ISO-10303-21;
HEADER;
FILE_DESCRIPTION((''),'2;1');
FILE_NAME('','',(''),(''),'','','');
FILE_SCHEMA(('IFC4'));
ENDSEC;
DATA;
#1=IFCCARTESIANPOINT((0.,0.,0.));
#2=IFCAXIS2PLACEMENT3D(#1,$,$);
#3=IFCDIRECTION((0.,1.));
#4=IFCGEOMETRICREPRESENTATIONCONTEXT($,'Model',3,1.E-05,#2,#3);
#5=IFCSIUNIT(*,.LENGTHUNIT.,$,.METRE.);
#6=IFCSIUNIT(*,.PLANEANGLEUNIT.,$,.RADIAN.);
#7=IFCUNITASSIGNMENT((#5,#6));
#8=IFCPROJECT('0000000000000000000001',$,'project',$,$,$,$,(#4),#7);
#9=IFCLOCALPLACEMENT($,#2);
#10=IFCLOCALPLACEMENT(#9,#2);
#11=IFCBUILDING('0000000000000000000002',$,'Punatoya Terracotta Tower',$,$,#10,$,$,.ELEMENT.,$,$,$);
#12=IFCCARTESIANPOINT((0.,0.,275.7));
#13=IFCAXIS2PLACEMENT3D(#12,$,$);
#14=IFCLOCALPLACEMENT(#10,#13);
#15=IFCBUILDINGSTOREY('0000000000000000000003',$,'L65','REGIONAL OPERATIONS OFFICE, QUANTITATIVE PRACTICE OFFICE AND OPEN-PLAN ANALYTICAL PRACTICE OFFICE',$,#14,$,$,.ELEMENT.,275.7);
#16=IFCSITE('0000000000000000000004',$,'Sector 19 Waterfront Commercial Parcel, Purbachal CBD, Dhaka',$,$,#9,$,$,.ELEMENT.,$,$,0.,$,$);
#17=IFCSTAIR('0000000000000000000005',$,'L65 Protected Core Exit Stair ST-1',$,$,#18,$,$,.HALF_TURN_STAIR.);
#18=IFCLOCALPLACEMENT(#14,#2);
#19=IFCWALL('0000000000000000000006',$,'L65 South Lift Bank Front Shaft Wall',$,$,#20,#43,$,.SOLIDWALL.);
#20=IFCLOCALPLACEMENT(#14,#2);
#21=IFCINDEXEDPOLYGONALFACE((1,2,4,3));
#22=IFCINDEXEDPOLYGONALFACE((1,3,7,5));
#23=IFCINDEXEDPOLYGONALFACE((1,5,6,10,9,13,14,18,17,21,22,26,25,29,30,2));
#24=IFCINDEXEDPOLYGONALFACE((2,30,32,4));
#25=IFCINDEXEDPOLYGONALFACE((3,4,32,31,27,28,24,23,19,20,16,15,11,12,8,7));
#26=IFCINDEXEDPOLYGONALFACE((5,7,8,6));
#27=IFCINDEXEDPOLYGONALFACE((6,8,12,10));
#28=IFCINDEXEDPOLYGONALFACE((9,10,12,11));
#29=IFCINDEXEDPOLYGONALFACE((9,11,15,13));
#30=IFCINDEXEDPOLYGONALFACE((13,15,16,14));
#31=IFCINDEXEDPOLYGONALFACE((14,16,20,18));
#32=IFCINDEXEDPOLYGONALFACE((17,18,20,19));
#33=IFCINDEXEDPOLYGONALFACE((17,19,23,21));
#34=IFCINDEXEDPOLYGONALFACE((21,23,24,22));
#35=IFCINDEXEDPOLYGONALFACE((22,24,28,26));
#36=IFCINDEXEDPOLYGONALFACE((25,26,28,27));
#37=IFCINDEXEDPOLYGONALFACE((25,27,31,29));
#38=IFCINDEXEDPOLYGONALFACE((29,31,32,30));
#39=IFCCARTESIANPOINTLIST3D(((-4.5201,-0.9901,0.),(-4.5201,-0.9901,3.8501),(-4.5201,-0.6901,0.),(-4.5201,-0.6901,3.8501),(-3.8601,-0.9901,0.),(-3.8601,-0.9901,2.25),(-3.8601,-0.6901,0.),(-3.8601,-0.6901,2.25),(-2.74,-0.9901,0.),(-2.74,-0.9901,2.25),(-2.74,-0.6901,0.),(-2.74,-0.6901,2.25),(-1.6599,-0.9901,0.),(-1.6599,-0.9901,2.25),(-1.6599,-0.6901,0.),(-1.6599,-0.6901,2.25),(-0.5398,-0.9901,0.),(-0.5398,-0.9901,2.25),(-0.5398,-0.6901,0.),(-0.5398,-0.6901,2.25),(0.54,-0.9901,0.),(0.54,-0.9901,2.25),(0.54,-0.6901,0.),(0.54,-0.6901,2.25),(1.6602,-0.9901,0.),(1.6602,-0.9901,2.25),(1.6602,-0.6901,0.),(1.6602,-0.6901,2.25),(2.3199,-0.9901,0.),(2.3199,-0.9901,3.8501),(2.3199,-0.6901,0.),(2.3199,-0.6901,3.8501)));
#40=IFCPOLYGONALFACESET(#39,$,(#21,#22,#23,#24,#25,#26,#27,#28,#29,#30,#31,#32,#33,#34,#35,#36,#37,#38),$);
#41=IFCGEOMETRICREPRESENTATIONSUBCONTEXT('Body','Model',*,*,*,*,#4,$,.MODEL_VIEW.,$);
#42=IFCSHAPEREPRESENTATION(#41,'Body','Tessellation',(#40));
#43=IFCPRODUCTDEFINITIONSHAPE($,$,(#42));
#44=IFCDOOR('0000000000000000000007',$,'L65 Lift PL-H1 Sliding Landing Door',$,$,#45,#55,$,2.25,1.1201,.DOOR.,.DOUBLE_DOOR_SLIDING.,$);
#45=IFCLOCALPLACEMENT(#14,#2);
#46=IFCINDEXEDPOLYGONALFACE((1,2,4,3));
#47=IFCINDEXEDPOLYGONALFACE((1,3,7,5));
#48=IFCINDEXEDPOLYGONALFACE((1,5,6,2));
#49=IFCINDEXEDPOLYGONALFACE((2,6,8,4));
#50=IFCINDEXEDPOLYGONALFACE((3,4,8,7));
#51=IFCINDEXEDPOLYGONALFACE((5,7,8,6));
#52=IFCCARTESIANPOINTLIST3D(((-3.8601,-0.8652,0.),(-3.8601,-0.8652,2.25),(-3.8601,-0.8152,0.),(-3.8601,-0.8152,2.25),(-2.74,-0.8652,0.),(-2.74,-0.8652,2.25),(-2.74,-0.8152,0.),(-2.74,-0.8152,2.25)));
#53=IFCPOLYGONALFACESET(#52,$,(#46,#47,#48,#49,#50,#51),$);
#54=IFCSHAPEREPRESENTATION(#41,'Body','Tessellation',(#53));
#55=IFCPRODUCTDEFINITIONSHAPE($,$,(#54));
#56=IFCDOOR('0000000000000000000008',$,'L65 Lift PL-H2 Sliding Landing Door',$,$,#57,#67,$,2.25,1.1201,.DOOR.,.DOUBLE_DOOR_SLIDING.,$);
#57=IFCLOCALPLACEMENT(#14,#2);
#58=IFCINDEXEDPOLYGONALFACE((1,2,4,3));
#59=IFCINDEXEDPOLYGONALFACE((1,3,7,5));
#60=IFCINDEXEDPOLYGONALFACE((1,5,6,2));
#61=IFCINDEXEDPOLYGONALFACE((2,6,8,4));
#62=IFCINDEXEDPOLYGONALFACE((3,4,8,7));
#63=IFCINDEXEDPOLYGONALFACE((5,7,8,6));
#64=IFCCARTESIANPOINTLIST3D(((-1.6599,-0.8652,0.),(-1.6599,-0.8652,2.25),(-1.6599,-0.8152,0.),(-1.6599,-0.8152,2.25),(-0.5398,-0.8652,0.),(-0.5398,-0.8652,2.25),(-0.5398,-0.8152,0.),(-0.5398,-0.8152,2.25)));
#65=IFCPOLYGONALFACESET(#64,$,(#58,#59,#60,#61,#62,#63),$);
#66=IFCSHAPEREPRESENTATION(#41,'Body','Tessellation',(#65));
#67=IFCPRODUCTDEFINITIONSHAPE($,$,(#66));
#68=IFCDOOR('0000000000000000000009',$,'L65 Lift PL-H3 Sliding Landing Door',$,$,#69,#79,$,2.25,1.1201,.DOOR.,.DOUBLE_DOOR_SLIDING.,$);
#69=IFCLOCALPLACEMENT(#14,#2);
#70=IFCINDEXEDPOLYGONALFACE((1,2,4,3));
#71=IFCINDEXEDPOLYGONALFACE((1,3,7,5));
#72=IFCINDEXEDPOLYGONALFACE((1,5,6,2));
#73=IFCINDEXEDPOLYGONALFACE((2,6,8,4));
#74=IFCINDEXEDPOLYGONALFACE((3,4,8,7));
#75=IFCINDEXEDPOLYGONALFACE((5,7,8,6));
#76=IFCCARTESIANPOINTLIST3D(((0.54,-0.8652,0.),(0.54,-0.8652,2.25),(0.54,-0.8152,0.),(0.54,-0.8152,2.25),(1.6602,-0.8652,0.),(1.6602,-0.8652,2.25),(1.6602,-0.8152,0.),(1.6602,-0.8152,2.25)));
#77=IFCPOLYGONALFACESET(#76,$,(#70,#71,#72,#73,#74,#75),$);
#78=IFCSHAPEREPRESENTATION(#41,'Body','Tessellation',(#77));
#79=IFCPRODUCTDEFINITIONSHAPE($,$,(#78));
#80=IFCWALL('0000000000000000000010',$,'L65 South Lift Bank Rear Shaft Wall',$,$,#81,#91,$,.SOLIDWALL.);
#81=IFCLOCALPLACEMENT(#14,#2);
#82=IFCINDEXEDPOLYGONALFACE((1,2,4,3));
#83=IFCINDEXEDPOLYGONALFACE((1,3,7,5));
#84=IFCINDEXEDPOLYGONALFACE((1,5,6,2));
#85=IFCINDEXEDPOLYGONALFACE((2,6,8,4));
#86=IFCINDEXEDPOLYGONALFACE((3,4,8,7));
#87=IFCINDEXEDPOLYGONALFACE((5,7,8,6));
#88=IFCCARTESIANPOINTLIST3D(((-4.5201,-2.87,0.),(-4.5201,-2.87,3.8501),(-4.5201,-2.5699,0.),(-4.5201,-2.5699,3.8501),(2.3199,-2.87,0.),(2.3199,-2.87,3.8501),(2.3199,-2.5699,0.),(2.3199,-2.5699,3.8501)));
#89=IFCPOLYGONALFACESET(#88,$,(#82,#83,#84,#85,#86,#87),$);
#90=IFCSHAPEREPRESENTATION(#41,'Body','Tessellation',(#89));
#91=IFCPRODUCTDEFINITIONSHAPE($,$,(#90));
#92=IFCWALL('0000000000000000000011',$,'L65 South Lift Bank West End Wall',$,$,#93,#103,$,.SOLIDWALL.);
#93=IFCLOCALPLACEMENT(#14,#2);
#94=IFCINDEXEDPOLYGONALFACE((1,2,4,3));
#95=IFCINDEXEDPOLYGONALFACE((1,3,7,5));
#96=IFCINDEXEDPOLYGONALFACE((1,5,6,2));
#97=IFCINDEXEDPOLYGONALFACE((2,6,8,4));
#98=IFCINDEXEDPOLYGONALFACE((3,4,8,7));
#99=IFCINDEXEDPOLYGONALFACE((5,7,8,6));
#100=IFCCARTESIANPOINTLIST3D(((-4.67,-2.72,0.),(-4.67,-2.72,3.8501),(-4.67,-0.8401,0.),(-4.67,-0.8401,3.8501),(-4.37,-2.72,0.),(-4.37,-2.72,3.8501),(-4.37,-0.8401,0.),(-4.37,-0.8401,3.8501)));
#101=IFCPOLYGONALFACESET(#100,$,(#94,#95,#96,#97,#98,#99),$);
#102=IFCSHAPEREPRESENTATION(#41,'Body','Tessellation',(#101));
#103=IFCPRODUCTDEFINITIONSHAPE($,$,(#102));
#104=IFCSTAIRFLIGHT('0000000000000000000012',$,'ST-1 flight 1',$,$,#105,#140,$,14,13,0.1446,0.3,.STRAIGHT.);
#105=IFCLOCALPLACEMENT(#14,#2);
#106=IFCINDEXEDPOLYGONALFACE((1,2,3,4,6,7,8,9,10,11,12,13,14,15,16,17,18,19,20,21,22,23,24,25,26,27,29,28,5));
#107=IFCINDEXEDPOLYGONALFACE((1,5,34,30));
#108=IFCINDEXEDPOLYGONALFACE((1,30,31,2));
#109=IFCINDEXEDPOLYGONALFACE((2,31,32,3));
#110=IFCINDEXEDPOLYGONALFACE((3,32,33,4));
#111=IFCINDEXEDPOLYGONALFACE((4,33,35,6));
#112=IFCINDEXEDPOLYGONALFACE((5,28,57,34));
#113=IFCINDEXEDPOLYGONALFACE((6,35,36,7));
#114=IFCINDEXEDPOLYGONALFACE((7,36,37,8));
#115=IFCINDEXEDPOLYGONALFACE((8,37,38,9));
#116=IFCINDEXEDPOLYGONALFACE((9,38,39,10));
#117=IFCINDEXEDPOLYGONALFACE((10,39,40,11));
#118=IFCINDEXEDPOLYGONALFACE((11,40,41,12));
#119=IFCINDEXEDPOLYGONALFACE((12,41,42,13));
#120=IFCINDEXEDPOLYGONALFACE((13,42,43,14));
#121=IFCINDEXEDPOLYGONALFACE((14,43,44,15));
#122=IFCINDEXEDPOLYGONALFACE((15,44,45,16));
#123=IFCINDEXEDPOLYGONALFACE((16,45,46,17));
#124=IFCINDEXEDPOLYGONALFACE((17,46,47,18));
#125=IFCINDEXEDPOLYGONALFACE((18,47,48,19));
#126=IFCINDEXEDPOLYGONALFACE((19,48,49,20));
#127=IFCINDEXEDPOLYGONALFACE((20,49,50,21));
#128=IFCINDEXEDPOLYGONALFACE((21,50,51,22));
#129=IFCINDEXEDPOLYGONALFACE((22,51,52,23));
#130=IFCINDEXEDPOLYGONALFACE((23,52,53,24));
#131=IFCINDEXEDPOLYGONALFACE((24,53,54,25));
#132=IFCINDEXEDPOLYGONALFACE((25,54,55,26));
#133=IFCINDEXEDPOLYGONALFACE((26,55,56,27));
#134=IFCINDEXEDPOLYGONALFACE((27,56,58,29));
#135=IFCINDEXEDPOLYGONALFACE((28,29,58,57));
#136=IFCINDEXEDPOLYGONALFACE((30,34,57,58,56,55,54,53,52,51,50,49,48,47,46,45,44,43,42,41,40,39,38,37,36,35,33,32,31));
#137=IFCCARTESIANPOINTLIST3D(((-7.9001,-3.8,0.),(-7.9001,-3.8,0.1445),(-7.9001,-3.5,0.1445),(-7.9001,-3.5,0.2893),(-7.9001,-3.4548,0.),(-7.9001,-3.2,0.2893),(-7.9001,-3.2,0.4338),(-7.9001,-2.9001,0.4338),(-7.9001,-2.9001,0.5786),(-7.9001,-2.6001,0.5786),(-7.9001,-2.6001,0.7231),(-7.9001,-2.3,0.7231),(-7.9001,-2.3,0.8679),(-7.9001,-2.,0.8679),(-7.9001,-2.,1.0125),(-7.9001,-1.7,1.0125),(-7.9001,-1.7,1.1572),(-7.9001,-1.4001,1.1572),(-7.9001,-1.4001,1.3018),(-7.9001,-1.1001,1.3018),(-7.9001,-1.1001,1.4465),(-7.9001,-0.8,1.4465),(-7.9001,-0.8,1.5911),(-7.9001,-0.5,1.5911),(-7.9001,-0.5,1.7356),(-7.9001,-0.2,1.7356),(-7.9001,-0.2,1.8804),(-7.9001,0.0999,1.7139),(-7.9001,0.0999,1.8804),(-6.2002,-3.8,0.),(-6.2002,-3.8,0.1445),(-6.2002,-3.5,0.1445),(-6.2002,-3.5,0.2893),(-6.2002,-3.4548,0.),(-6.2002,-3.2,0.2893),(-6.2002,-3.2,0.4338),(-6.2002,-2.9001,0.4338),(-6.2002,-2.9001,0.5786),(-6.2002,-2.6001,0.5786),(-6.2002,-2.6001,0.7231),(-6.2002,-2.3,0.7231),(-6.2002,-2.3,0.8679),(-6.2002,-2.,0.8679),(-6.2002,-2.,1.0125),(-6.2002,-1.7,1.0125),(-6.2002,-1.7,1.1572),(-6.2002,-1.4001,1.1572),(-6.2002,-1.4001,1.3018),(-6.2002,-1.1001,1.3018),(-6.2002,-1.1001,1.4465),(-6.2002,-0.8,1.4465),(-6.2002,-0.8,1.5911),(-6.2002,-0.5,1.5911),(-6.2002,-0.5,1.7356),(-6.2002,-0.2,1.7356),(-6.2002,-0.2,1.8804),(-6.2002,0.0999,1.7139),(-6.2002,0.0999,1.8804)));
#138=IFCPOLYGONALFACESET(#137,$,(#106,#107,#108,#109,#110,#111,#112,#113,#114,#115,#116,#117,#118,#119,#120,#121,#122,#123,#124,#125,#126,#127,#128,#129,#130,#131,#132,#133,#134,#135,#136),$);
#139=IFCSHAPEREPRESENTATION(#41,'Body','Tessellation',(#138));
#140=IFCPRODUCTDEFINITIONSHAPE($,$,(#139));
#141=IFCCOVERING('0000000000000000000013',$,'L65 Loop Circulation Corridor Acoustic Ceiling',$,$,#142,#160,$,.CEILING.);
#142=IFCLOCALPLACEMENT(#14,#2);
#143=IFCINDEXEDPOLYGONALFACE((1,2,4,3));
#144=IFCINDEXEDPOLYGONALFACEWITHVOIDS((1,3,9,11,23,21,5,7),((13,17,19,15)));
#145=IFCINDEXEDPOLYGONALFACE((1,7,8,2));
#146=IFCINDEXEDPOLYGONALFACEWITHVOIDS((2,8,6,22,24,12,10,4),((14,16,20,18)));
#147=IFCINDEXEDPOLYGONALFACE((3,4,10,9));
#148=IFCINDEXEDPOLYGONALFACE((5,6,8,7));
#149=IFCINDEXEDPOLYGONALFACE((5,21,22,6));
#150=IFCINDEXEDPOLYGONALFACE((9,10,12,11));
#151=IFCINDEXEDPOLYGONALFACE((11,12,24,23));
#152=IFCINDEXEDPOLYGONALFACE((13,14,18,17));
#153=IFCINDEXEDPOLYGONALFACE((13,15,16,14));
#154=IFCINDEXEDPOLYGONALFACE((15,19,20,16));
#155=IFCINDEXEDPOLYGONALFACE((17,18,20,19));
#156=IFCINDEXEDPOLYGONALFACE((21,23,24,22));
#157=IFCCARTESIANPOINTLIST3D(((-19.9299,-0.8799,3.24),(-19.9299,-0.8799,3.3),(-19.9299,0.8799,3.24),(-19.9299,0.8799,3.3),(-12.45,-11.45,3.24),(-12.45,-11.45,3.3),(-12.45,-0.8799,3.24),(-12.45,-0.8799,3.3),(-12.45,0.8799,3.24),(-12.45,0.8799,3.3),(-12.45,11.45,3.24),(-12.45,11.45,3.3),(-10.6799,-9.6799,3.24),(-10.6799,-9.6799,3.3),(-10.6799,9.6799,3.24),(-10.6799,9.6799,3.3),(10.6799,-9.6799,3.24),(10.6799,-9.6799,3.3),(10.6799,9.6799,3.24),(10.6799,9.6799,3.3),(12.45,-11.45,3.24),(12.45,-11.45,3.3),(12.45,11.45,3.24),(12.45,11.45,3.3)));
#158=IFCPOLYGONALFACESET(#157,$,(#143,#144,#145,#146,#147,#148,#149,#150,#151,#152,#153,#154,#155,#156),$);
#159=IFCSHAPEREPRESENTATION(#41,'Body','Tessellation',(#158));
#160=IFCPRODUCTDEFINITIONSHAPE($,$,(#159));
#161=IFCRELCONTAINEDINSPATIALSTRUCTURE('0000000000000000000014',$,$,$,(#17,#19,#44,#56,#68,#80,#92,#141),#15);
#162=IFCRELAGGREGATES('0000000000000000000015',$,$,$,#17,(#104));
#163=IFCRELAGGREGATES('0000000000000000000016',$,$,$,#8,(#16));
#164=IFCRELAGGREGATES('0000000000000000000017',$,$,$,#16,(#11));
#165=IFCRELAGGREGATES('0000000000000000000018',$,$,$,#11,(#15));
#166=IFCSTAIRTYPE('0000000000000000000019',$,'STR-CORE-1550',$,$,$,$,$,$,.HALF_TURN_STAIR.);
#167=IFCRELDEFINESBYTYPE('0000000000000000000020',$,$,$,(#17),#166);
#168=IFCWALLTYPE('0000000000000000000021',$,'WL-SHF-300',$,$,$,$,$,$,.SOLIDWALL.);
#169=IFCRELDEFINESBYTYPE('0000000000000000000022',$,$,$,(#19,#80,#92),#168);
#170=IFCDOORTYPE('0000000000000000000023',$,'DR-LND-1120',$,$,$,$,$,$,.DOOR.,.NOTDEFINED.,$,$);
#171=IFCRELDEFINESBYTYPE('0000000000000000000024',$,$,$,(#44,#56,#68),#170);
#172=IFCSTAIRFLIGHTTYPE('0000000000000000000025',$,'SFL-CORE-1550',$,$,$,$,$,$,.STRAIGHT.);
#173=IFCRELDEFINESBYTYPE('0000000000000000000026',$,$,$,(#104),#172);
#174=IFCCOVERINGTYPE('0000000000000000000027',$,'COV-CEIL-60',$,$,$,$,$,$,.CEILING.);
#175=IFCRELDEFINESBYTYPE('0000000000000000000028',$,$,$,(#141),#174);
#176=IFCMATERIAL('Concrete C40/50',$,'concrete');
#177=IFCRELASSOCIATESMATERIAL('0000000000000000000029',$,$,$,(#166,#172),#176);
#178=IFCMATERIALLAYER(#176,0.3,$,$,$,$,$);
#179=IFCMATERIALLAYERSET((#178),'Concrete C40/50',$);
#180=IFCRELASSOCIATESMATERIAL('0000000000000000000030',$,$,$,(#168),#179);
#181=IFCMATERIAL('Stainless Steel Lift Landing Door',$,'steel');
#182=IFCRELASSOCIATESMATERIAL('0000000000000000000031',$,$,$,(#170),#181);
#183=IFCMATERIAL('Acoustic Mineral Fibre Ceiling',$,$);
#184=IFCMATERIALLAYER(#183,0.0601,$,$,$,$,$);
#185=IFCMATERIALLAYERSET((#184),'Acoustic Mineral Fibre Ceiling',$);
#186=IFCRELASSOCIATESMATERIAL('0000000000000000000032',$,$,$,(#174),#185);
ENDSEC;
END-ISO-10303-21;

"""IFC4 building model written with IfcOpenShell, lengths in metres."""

from ifc_helpers import new_model, si_unit, direction, frame, frame_2d, origin, place, context, subcontext, project, spatial, polyline, rectangle, outline, extrude, material, layer, layer_set, type_object, element, fill, aggregate, save


model = new_model("IFC4")

# Units and contexts
model_context = context("Model", 3, precision=1e-05, world=origin(), true_north=direction((0.0, 1.0)))
body_context = subcontext(model_context, "Body", "Model", "MODEL_VIEW")
ifc_project = project(units=[si_unit("LENGTHUNIT", "METRE"), si_unit("PLANEANGLEUNIT", "RADIAN")], contexts=[model_context])

# Site, building, storey
site_placement = place(None, origin())
site = spatial("IfcSite", under=ifc_project, at=site_placement, Name="Sector 19 Waterfront Commercial Parcel, Purbachal CBD, Dhaka", CompositionType="ELEMENT", RefElevation=0.0)
building_placement = place(site_placement, origin())
building = spatial("IfcBuilding", under=site, at=building_placement, Name="Punatoya Terracotta Tower", CompositionType="ELEMENT")
storey_placement = place(building_placement, frame((0.0, 0.0, 275.7)))
storey = spatial("IfcBuildingStorey", under=building, at=storey_placement, Name="L65", Description="REGIONAL OPERATIONS OFFICE, QUANTITATIVE PRACTICE OFFICE AND OPEN-PLAN ANALYTICAL PRACTICE OFFICE", CompositionType="ELEMENT", Elevation=275.7)

# Stair
ifc_material_1 = material(Name="Concrete C40/50", Category="concrete")
stair_type_1 = type_object("IfcStairType", Name="STR-CORE-1550", PredefinedType="HALF_TURN_STAIR", material=ifc_material_1)
stair_1_placement = place(storey_placement, origin())
stair_1 = element("IfcStair", 1, at=stair_1_placement, inside=storey, type_object=stair_type_1, Name="L65 Protected Core Exit Stair ST-1", PredefinedType="HALF_TURN_STAIR")

# Shared definitions
ifc_layer_1 = layer(ifc_material_1, 0.3)
ifc_layer_set_1 = layer_set([ifc_layer_1], Name="Concrete C40/50")
wall_type_1 = type_object("IfcWallType", Name="WL-SHF-300", PredefinedType="SOLIDWALL", material=ifc_layer_set_1)

# Wall, openings, doors
wall_1_placement = place(storey_placement, frame((-4.52, -0.8401, 0.0), z_axis=(0.0, 0.0, 1.0), x_axis=(1.0, 0.0, 0.0)))
wall_1 = element("IfcWall", 2, at=wall_1_placement, inside=storey, type_object=wall_type_1, Name="L65 South Lift Bank Front Shaft Wall", PredefinedType="SOLIDWALL", context=body_context, shape_type="SweptSolid", body=[
    extrude(rectangle(XDim=6.8401, YDim=0.3, at=frame_2d((3.4199, 0.0))), origin(), (0.0, 0.0, 1.0), 3.8501),
])
opening_1_placement = place(wall_1_placement, frame((0.6599, 0.0, 0.0)))
opening_1 = element("IfcOpeningElement", 3, at=opening_1_placement, cuts=wall_1, PredefinedType="OPENING", context=body_context, shape_type="SweptSolid", body=[
    extrude(rectangle(XDim=1.1201, YDim=2.25, at=frame_2d((0.5601, 1.125))), frame((0.0, 0.1599, 0.0), z_axis=(0.0, -1.0, 0.0), x_axis=(1.0, 0.0, 0.0)), (0.0, 0.0, 1.0), 0.3201),
])
opening_2_placement = place(wall_1_placement, frame((2.8601, 0.0, 0.0)))
opening_2 = element("IfcOpeningElement", 4, at=opening_2_placement, cuts=wall_1, PredefinedType="OPENING", context=body_context, shape_type="SweptSolid", body=[
    extrude(rectangle(XDim=1.1201, YDim=2.25, at=frame_2d((0.5601, 1.125))), frame((0.0, 0.1599, 0.0), z_axis=(0.0, -1.0, 0.0), x_axis=(1.0, 0.0, 0.0)), (0.0, 0.0, 1.0), 0.3201),
])
opening_3_placement = place(wall_1_placement, frame((5.0601, 0.0, 0.0)))
opening_3 = element("IfcOpeningElement", 5, at=opening_3_placement, cuts=wall_1, PredefinedType="OPENING", context=body_context, shape_type="SweptSolid", body=[
    extrude(rectangle(XDim=1.1201, YDim=2.25, at=frame_2d((0.5601, 1.125))), frame((0.0, 0.1599, 0.0), z_axis=(0.0, -1.0, 0.0), x_axis=(1.0, 0.0, 0.0)), (0.0, 0.0, 1.0), 0.3201),
])
ifc_material_2 = material(Name="Stainless Steel Lift Landing Door", Category="steel")
door_type_1 = type_object("IfcDoorType", Name="DR-LND-1120", OperationType="NOTDEFINED", PredefinedType="DOOR", material=ifc_material_2)
door_1_placement = place(opening_1_placement, origin())
door_1 = element("IfcDoor", 6, at=door_1_placement, inside=storey, type_object=door_type_1, Name="L65 Lift PL-H1 Sliding Landing Door", OperationType="DOUBLE_DOOR_SLIDING", OverallHeight=2.25, OverallWidth=1.1201, PredefinedType="DOOR", context=body_context, shape_type="SweptSolid", body=[
    extrude(rectangle(XDim=1.1201, YDim=2.25, at=frame_2d((0.5601, 1.125))), frame((0.0, 0.0249, 0.0), z_axis=(0.0, -1.0, 0.0), x_axis=(1.0, 0.0, 0.0)), (0.0, 0.0, 1.0), 0.05),
])
fill(opening_1, door_1)
door_2_placement = place(opening_2_placement, origin())
door_2 = element("IfcDoor", 7, at=door_2_placement, inside=storey, type_object=door_type_1, Name="L65 Lift PL-H2 Sliding Landing Door", OperationType="DOUBLE_DOOR_SLIDING", OverallHeight=2.25, OverallWidth=1.1201, PredefinedType="DOOR", context=body_context, shape_type="SweptSolid", body=[
    extrude(rectangle(XDim=1.1201, YDim=2.25, at=frame_2d((0.5601, 1.125))), frame((0.0, 0.0249, 0.0), z_axis=(0.0, -1.0, 0.0), x_axis=(1.0, 0.0, 0.0)), (0.0, 0.0, 1.0), 0.05),
])
fill(opening_2, door_2)
door_3_placement = place(opening_3_placement, origin())
door_3 = element("IfcDoor", 8, at=door_3_placement, inside=storey, type_object=door_type_1, Name="L65 Lift PL-H3 Sliding Landing Door", OperationType="DOUBLE_DOOR_SLIDING", OverallHeight=2.25, OverallWidth=1.1201, PredefinedType="DOOR", context=body_context, shape_type="SweptSolid", body=[
    extrude(rectangle(XDim=1.1201, YDim=2.25, at=frame_2d((0.5601, 1.125))), frame((0.0, 0.0249, 0.0), z_axis=(0.0, -1.0, 0.0), x_axis=(1.0, 0.0, 0.0)), (0.0, 0.0, 1.0), 0.05),
])
fill(opening_3, door_3)

# Walls
wall_2_placement = place(storey_placement, frame((-4.52, -2.72, 0.0), z_axis=(0.0, 0.0, 1.0), x_axis=(1.0, 0.0, 0.0)))
element("IfcWall", 9, at=wall_2_placement, inside=storey, type_object=wall_type_1, Name="L65 South Lift Bank Rear Shaft Wall", PredefinedType="SOLIDWALL", context=body_context, shape_type="SweptSolid", body=[
    extrude(rectangle(XDim=6.8401, YDim=0.3, at=frame_2d((3.4199, 0.0))), origin(), (0.0, 0.0, 1.0), 3.8501),
])
wall_3_placement = place(storey_placement, frame((-4.52, -2.72, 0.0), z_axis=(0.0, 0.0, 1.0), x_axis=(0.0, 1.0, 0.0)))
element("IfcWall", 10, at=wall_3_placement, inside=storey, type_object=wall_type_1, Name="L65 South Lift Bank West End Wall", PredefinedType="SOLIDWALL", context=body_context, shape_type="SweptSolid", body=[
    extrude(rectangle(XDim=1.8799, YDim=0.3, at=frame_2d((0.9399, 0.0))), origin(), (0.0, 0.0, 1.0), 3.8501),
])

# Stair flight
stair_flight_type = type_object("IfcStairFlightType", Name="SFL-CORE-1550", PredefinedType="STRAIGHT", material=ifc_material_1)
stair_flight_placement = place(storey_placement, frame((-7.05, -3.8, 0.0), z_axis=(0.0, 0.0, 1.0), x_axis=(0.0, 1.0, 0.0)))
stair_flight = element("IfcStairFlight", 11, at=stair_flight_placement, type_object=stair_flight_type, Name="ST-1 flight 1", NumberOfRisers=14, NumberOfTreads=13, PredefinedType="STRAIGHT", RiserHeight=0.1446, TreadLength=0.3, context=body_context, shape_type="SweptSolid", body=[
    extrude(outline(polyline([(0.0, 0.0), (0.0, 0.1445), (0.3, 0.1445), (0.3, 0.2893), (0.6001, 0.2893), (0.6001, 0.4338), (0.8999, 0.4338), (0.8999, 0.5786), (1.2, 0.5786), (1.2, 0.7231), (1.5, 0.7231), (1.5, 0.8679), (1.8, 0.8679), (1.8, 1.0125), (2.1001, 1.0125), (2.1001, 1.1572), (2.3999, 1.1572), (2.3999, 1.3018), (2.7, 1.3018), (2.7, 1.4465), (3.0, 1.4465), (3.0, 1.5911), (3.3, 1.5911), (3.3, 1.7356), (3.6001, 1.7356), (3.6001, 1.8804), (3.8999, 1.8804), (3.8999, 2.0249), (3.8999, 1.7139), (0.3452, 0.0), (0.0, 0.0)])), frame((0.0, 0.8501, 0.0), z_axis=(0.0, -1.0, 0.0), x_axis=(1.0, 0.0, 0.0)), (0.0, 0.0, 1.0), 1.7),
])
aggregate(stair_1, [stair_flight])

# Covering
ifc_material_3 = material(Name="Acoustic Mineral Fibre Ceiling")
ifc_layer_2 = layer(ifc_material_3, 0.0601)
ifc_layer_set_2 = layer_set([ifc_layer_2], Name="Acoustic Mineral Fibre Ceiling")
covering_type = type_object("IfcCoveringType", Name="COV-CEIL-60", PredefinedType="CEILING", material=ifc_layer_set_2)
covering_1_placement = place(storey_placement, frame((0.0, 0.0, 3.24)))
element("IfcCovering", 12, at=covering_1_placement, inside=storey, type_object=covering_type, Name="L65 Loop Circulation Corridor Acoustic Ceiling", PredefinedType="CEILING", context=body_context, shape_type="SweptSolid", body=[
    extrude(outline(polyline([(-12.45, -11.45), (12.45, -11.45), (12.45, 11.45), (-12.45, 11.45), (-12.45, 0.8799), (-19.9299, 0.8799), (-19.9299, -0.8799), (-12.45, -0.8799), (-12.45, -11.45)]), holes=[polyline([(-10.6799, -9.6799), (-10.6799, 9.6799), (10.6799, 9.6799), (10.6799, -9.6799), (-10.6799, -9.6799)])]), origin(), (0.0, 0.0, 1.0), 0.0601),
])

save(model, "model.ifc")
